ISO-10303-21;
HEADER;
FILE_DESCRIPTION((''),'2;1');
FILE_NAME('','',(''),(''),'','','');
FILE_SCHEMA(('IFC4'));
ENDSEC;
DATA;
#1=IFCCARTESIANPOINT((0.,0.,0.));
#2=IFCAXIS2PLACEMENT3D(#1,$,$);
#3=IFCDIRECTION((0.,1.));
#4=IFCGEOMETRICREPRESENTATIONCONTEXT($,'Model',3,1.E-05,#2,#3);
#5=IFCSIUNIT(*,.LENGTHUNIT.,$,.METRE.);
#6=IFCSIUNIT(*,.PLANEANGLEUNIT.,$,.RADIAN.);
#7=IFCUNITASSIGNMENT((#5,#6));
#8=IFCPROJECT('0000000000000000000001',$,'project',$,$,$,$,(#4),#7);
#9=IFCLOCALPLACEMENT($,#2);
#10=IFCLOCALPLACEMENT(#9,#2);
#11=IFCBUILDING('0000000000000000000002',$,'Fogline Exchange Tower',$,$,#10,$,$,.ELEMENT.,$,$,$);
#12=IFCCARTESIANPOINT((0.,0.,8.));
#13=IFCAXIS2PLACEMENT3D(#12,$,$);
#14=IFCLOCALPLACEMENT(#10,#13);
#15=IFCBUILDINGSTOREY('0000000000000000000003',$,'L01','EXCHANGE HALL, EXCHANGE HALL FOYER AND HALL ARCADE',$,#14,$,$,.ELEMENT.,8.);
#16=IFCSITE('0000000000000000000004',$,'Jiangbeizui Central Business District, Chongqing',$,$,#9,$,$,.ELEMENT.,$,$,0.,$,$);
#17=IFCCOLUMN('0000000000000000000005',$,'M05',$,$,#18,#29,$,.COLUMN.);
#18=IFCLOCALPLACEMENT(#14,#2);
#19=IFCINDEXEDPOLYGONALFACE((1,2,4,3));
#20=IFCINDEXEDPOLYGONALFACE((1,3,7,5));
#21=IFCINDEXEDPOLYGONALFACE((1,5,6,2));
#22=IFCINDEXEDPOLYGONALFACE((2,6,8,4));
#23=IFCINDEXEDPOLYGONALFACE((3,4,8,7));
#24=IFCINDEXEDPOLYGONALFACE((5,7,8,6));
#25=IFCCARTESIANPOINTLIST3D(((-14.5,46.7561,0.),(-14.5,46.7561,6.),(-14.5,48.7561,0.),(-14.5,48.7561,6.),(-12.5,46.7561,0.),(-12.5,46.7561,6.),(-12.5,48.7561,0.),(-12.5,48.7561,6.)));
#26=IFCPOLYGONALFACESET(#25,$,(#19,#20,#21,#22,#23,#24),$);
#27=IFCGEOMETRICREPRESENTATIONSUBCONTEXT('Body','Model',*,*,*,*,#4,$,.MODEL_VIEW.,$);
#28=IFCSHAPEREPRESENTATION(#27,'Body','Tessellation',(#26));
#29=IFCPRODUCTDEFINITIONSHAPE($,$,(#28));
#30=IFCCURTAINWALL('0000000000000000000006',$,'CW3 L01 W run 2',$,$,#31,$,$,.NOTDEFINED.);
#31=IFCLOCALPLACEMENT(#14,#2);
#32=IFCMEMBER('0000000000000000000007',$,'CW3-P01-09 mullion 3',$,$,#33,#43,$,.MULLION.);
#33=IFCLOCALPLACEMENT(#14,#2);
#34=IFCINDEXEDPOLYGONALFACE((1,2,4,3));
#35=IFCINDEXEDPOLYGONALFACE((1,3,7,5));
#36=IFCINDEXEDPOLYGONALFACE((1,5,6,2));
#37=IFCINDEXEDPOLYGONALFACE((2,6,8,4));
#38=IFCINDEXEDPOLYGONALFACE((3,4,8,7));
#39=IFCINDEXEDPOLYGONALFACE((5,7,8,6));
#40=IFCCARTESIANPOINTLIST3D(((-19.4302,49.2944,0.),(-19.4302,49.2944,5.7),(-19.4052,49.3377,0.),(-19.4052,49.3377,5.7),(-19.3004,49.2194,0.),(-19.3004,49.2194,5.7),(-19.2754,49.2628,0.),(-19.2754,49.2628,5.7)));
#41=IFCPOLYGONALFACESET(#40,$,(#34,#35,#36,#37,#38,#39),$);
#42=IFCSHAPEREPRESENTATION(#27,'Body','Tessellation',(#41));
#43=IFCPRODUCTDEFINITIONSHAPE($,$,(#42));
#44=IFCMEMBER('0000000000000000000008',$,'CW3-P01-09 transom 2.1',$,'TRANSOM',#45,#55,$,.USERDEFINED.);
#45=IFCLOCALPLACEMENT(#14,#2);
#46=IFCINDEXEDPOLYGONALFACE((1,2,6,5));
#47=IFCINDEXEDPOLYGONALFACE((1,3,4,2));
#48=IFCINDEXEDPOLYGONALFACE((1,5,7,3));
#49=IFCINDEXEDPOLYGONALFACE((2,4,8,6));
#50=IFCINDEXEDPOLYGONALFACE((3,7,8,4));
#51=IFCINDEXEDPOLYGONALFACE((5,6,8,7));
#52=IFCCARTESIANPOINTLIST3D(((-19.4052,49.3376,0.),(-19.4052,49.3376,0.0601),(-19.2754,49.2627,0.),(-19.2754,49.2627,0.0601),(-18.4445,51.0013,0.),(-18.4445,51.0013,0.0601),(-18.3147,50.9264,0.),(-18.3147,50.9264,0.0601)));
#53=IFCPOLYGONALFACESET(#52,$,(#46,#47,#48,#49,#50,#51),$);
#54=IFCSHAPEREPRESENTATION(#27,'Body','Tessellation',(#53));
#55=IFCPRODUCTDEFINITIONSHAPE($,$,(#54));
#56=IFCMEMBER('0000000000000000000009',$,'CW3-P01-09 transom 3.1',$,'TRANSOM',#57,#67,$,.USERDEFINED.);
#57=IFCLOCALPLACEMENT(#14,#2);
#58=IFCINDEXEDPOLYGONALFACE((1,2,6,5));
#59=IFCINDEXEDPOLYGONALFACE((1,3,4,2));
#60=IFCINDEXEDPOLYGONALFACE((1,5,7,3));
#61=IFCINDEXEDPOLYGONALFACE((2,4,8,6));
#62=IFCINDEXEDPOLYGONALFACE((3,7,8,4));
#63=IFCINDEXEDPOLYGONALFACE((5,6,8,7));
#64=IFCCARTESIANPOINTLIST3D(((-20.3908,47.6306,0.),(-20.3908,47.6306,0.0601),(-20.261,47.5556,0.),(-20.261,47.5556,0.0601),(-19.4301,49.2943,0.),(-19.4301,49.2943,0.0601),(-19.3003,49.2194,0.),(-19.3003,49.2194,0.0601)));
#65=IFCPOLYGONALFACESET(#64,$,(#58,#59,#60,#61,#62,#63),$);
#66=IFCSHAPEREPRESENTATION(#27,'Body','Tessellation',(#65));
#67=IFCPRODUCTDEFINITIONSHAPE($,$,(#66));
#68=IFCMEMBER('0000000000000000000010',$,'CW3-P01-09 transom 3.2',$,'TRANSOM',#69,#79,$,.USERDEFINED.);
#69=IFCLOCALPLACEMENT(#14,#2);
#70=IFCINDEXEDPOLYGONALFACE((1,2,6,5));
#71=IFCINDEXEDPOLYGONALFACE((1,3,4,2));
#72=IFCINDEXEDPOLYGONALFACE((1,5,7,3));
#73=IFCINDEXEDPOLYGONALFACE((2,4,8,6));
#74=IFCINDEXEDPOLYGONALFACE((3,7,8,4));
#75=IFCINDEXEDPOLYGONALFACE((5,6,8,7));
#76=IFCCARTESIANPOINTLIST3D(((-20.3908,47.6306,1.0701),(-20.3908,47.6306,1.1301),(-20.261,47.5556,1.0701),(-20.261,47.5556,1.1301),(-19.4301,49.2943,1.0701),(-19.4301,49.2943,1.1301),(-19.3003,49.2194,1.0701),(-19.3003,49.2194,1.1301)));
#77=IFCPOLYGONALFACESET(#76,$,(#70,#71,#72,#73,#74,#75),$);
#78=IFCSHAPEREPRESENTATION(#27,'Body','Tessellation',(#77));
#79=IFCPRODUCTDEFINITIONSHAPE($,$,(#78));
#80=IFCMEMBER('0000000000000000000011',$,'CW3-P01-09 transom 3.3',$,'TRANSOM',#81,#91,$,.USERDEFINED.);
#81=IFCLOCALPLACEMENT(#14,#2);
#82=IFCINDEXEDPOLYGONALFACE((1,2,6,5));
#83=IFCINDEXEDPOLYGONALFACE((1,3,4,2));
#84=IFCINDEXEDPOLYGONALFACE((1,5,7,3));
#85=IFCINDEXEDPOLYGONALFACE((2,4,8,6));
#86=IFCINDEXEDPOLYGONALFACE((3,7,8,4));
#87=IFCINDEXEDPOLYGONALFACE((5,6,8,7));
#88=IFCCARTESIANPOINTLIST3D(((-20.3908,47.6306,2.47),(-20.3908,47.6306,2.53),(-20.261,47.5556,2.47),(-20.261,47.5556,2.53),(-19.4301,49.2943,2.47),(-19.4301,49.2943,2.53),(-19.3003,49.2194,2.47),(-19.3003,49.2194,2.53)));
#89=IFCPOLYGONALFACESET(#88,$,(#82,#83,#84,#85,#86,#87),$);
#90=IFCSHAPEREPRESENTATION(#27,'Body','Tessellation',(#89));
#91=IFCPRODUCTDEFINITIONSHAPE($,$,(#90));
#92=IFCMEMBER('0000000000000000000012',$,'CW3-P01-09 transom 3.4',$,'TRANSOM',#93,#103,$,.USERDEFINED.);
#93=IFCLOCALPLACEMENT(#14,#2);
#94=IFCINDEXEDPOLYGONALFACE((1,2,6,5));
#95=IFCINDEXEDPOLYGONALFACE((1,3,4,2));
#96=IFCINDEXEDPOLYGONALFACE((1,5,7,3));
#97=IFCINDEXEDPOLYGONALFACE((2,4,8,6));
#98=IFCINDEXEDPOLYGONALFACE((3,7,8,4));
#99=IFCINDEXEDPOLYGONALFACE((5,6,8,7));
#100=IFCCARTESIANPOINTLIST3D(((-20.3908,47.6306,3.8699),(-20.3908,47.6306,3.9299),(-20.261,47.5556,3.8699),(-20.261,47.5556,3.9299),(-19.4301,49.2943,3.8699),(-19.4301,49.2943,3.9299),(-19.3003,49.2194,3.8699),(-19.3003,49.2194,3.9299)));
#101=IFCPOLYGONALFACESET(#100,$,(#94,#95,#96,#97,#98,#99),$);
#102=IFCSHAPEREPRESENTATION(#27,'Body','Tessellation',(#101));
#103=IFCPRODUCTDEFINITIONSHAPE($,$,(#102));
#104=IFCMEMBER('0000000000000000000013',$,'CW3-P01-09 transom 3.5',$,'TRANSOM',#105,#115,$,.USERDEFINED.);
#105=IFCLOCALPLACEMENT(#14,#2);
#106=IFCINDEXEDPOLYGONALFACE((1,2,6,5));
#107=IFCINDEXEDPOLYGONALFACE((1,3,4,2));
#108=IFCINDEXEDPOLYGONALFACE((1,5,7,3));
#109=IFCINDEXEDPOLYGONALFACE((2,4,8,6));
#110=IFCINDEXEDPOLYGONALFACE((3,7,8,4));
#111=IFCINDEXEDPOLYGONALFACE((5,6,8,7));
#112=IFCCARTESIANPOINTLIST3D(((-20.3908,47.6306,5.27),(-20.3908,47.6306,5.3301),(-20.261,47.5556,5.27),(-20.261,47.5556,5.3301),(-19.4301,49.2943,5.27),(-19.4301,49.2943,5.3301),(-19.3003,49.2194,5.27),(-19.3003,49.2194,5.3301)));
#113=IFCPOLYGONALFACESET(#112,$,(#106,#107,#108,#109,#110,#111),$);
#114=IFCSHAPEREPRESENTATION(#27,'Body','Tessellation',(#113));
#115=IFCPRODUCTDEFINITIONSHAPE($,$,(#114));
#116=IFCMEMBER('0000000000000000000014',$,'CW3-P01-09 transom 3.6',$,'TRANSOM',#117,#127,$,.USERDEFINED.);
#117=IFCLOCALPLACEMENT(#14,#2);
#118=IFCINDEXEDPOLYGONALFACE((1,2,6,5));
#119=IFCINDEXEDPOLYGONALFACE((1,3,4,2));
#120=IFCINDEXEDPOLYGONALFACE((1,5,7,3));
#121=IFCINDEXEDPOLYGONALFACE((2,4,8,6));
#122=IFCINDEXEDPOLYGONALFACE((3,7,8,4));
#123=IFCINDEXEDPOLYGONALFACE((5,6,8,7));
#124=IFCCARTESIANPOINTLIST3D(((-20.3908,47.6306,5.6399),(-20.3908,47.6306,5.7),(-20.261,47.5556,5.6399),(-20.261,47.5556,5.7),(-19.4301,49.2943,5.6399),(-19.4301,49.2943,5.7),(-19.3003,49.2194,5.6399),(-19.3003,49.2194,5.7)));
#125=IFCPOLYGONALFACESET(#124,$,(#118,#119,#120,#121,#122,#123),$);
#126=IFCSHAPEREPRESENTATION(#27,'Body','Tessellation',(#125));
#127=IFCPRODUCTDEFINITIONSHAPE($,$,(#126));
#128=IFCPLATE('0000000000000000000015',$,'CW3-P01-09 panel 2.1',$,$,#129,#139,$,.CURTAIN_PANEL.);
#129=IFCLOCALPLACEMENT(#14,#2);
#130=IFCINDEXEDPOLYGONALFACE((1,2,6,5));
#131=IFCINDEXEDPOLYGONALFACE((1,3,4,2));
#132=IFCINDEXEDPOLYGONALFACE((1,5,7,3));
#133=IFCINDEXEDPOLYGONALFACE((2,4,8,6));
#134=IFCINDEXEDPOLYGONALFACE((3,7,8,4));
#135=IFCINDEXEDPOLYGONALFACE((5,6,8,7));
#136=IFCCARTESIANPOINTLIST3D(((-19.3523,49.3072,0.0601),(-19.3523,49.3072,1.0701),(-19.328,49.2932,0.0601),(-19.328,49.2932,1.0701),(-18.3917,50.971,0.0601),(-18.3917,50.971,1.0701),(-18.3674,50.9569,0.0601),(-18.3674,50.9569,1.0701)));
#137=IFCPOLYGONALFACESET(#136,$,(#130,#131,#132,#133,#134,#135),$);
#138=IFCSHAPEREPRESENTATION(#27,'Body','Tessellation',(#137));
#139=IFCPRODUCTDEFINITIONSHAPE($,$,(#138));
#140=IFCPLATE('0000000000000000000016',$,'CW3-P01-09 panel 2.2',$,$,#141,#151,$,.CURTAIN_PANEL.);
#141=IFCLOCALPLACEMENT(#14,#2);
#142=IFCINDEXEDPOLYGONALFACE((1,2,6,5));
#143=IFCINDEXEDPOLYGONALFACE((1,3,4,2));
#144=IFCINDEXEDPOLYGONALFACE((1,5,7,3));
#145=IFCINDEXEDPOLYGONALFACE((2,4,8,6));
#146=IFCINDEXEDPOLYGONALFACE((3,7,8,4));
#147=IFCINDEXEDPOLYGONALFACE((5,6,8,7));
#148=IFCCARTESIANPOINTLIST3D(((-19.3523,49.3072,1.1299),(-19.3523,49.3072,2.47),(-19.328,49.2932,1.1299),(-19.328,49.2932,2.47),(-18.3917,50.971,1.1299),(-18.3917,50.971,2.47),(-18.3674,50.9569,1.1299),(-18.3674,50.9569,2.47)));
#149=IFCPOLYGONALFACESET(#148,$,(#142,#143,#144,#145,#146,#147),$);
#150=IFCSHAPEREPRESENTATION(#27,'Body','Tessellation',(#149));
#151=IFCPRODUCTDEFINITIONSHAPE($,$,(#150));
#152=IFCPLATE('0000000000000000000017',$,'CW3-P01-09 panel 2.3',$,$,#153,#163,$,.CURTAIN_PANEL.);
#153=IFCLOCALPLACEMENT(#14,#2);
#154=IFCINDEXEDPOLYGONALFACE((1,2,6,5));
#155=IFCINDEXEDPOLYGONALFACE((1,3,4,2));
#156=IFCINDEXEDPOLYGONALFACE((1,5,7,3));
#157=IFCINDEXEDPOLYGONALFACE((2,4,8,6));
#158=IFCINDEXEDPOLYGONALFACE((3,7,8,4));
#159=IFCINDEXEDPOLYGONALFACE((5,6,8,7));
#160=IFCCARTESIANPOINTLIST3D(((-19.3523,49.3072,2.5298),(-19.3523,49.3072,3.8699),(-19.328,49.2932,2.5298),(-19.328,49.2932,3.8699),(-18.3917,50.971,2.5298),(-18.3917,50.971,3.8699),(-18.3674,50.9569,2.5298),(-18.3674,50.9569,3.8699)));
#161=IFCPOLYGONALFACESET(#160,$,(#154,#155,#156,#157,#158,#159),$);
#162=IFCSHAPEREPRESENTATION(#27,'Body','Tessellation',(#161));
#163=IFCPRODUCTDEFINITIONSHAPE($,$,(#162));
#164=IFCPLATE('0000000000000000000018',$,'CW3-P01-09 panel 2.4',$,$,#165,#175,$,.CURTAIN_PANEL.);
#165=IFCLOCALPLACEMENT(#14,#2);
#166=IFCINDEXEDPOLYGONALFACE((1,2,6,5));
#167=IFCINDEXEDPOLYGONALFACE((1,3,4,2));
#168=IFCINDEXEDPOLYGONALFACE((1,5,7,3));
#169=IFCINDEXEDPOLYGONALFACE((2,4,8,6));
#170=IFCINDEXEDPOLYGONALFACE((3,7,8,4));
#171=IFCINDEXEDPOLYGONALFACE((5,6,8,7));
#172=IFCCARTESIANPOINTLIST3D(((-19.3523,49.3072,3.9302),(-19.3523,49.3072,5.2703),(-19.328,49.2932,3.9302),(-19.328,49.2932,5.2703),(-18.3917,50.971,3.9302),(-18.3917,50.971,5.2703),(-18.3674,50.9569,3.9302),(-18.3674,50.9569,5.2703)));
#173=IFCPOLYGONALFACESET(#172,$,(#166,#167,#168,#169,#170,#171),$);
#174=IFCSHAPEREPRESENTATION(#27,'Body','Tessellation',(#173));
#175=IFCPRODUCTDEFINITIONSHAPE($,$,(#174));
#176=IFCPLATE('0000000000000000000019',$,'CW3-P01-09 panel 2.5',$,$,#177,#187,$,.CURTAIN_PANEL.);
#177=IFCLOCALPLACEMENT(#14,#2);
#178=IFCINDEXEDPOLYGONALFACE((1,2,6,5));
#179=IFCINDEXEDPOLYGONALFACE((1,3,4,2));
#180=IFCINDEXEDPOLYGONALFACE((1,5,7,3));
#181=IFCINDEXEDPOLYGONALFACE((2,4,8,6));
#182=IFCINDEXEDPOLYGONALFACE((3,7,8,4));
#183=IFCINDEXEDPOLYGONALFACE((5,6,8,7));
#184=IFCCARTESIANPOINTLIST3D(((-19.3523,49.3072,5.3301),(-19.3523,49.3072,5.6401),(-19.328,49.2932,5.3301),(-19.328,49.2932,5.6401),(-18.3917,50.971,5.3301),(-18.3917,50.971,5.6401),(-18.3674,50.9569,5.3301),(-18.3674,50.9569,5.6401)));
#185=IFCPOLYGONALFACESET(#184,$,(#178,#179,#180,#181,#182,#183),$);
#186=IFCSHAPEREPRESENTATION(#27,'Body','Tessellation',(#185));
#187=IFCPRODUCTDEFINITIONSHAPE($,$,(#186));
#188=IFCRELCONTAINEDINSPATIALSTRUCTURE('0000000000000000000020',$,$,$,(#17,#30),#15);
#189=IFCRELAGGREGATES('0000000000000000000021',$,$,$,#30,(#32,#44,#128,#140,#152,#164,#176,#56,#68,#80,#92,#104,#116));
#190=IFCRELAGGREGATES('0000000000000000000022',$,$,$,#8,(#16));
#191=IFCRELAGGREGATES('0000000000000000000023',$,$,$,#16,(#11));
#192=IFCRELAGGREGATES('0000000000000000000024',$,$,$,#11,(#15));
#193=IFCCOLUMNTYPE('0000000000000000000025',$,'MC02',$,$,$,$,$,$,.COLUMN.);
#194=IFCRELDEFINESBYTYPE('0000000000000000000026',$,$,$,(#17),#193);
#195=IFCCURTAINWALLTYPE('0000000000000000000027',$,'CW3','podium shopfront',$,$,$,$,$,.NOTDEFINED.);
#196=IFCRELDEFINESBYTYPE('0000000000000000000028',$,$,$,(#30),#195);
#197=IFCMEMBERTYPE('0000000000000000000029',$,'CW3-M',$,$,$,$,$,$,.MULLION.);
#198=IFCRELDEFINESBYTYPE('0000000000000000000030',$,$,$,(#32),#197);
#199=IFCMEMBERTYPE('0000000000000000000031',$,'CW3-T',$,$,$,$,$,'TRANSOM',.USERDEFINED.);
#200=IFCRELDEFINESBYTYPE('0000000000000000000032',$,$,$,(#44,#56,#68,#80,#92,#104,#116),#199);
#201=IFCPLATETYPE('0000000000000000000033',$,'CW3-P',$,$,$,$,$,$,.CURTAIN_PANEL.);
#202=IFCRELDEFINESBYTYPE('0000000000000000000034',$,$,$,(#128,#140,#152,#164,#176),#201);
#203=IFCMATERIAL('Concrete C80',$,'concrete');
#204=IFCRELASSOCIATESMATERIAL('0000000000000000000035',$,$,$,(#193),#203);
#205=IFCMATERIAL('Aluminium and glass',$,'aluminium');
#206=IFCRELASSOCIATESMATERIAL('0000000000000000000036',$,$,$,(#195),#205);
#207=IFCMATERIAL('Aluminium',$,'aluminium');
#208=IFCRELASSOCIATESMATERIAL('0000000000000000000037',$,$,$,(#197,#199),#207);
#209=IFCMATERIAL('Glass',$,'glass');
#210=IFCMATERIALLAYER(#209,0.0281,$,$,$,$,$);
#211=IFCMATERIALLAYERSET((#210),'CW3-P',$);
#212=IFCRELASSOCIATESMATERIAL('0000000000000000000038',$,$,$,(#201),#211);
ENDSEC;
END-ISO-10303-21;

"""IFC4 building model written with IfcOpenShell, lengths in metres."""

from ifc_helpers import new_model, si_unit, direction, frame, origin, origin_2d, place, context, subcontext, project, spatial, rectangle, extrude, material, layer, layer_set, material_profile, profile_set, type_object, element, aggregate, save


model = new_model("IFC4")

# Units and contexts
model_context = context("Model", 3, precision=1e-05, world=origin(), true_north=direction((0.0, 1.0)))
body_context = subcontext(model_context, "Body", "Model", "MODEL_VIEW")
ifc_project = project(units=[si_unit("LENGTHUNIT", "METRE"), si_unit("PLANEANGLEUNIT", "RADIAN")], contexts=[model_context])

# Site, building, storey
site_placement = place(None, origin())
site = spatial("IfcSite", under=ifc_project, at=site_placement, Name="Jiangbeizui Central Business District, Chongqing", CompositionType="ELEMENT", RefElevation=0.0)
building_placement = place(site_placement, origin())
building = spatial("IfcBuilding", under=site, at=building_placement, Name="Fogline Exchange Tower", CompositionType="ELEMENT")
storey_placement = place(building_placement, frame((0.0, 0.0, 8.0)))
storey = spatial("IfcBuildingStorey", under=building, at=storey_placement, Name="L01", Description="EXCHANGE HALL, EXCHANGE HALL FOYER AND HALL ARCADE", CompositionType="ELEMENT", Elevation=8.0)

# Column
ifc_material_1 = material(Name="Concrete C80", Category="concrete")
ifc_material_profile_1 = material_profile(ifc_material_1, rectangle(XDim=2.0, YDim=2.0, at=origin_2d()), Name="RC 2000x2000")
ifc_profile_set_1 = profile_set([ifc_material_profile_1], Name="Concrete C80")
column_type = type_object("IfcColumnType", Name="MC02", PredefinedType="COLUMN", material=ifc_profile_set_1)
column_placement = place(storey_placement, frame((-13.5, 47.7561, 0.0), z_axis=(0.0, 0.0, 1.0), x_axis=(1.0, 0.0, 0.0)))
element("IfcColumn", 1, at=column_placement, inside=storey, type_object=column_type, Name="M05", PredefinedType="COLUMN", context=body_context, shape_type="SweptSolid", body=[
    extrude(rectangle(XDim=2.0, YDim=2.0, at=origin_2d()), origin(), (0.0, 0.0, 1.0), 6.0),
])

# Curtain wall, members, plates
ifc_material_2 = material(Name="Aluminium and glass", Category="aluminium")
curtain_wall_type = type_object("IfcCurtainWallType", Name="CW3", Description="podium shopfront", PredefinedType="NOTDEFINED", material=ifc_material_2)
curtain_wall_placement = place(storey_placement, origin())
curtain_wall = element("IfcCurtainWall", 2, at=curtain_wall_placement, inside=storey, type_object=curtain_wall_type, Name="CW3 L01 W run 2", PredefinedType="NOTDEFINED")
ifc_material_3 = material(Name="Aluminium", Category="aluminium")
ifc_material_profile_2 = material_profile(ifc_material_3, rectangle(XDim=0.1499, YDim=0.05, at=origin_2d()), Name="Mullion 50x150")
ifc_profile_set_2 = profile_set([ifc_material_profile_2], Name="Aluminium")
member_type_1 = type_object("IfcMemberType", Name="CW3-M", PredefinedType="MULLION", material=ifc_profile_set_2)
member_1_placement = place(storey_placement, frame((-19.3528, 49.2786, 0.0), z_axis=(0.0, 0.0, 1.0), x_axis=(0.866025, -0.5, 0.0)))
member_1 = element("IfcMember", 3, at=member_1_placement, type_object=member_type_1, Name="CW3-P01-09 mullion 3", PredefinedType="MULLION", context=body_context, shape_type="SweptSolid", body=[
    extrude(rectangle(XDim=0.1499, YDim=0.05, at=origin_2d()), origin(), (0.0, 0.0, 1.0), 5.7),
])
ifc_material_profile_3 = material_profile(ifc_material_3, rectangle(XDim=0.1499, YDim=0.0601, at=origin_2d()), Name="Transom 60x150")
ifc_profile_set_3 = profile_set([ifc_material_profile_3], Name="Aluminium")
member_type_2 = type_object("IfcMemberType", Name="CW3-T", ElementType="TRANSOM", PredefinedType="USERDEFINED", material=ifc_profile_set_3)
member_2_placement = place(storey_placement, frame((-18.3796, 50.9639, 0.03), z_axis=(-0.500034, -0.866006, 0.0), x_axis=(0.866006, -0.500034, 0.0)))
member_2 = element("IfcMember", 4, at=member_2_placement, type_object=member_type_2, Name="CW3-P01-09 transom 2.1", ObjectType="TRANSOM", PredefinedType="USERDEFINED", context=body_context, shape_type="SweptSolid", body=[
    extrude(rectangle(XDim=0.1499, YDim=0.0601, at=origin_2d()), origin(), (0.0, 0.0, 1.0), 1.9211),
])
member_3_placement = place(storey_placement, frame((-19.3652, 49.2568, 0.03), z_axis=(-0.500034, -0.866006, 0.0), x_axis=(0.866006, -0.500034, 0.0)))
member_3 = element("IfcMember", 5, at=member_3_placement, type_object=member_type_2, Name="CW3-P01-09 transom 3.1", ObjectType="TRANSOM", PredefinedType="USERDEFINED", context=body_context, shape_type="SweptSolid", body=[
    extrude(rectangle(XDim=0.1499, YDim=0.0601, at=origin_2d()), origin(), (0.0, 0.0, 1.0), 1.9211),
])
member_4_placement = place(storey_placement, frame((-19.3652, 49.2568, 1.1001), z_axis=(-0.500034, -0.866006, 0.0), x_axis=(0.866006, -0.500034, 0.0)))
member_4 = element("IfcMember", 6, at=member_4_placement, type_object=member_type_2, Name="CW3-P01-09 transom 3.2", ObjectType="TRANSOM", PredefinedType="USERDEFINED", context=body_context, shape_type="SweptSolid", body=[
    extrude(rectangle(XDim=0.1499, YDim=0.0601, at=origin_2d()), origin(), (0.0, 0.0, 1.0), 1.9211),
])
member_5_placement = place(storey_placement, frame((-19.3652, 49.2568, 2.5), z_axis=(-0.500034, -0.866006, 0.0), x_axis=(0.866006, -0.500034, 0.0)))
member_5 = element("IfcMember", 7, at=member_5_placement, type_object=member_type_2, Name="CW3-P01-09 transom 3.3", ObjectType="TRANSOM", PredefinedType="USERDEFINED", context=body_context, shape_type="SweptSolid", body=[
    extrude(rectangle(XDim=0.1499, YDim=0.0601, at=origin_2d()), origin(), (0.0, 0.0, 1.0), 1.9211),
])
member_6_placement = place(storey_placement, frame((-19.3652, 49.2568, 3.8999), z_axis=(-0.500034, -0.866006, 0.0), x_axis=(0.866006, -0.500034, 0.0)))
member_6 = element("IfcMember", 8, at=member_6_placement, type_object=member_type_2, Name="CW3-P01-09 transom 3.4", ObjectType="TRANSOM", PredefinedType="USERDEFINED", context=body_context, shape_type="SweptSolid", body=[
    extrude(rectangle(XDim=0.1499, YDim=0.0601, at=origin_2d()), origin(), (0.0, 0.0, 1.0), 1.9211),
])
member_7_placement = place(storey_placement, frame((-19.3652, 49.2568, 5.3), z_axis=(-0.500034, -0.866006, 0.0), x_axis=(0.866006, -0.500034, 0.0)))
member_7 = element("IfcMember", 9, at=member_7_placement, type_object=member_type_2, Name="CW3-P01-09 transom 3.5", ObjectType="TRANSOM", PredefinedType="USERDEFINED", context=body_context, shape_type="SweptSolid", body=[
    extrude(rectangle(XDim=0.1499, YDim=0.0601, at=origin_2d()), origin(), (0.0, 0.0, 1.0), 1.9211),
])
member_8_placement = place(storey_placement, frame((-19.3652, 49.2568, 5.6699), z_axis=(-0.500034, -0.866006, 0.0), x_axis=(0.866006, -0.500034, 0.0)))
member_8 = element("IfcMember", 10, at=member_8_placement, type_object=member_type_2, Name="CW3-P01-09 transom 3.6", ObjectType="TRANSOM", PredefinedType="USERDEFINED", context=body_context, shape_type="SweptSolid", body=[
    extrude(rectangle(XDim=0.1499, YDim=0.0601, at=origin_2d()), origin(), (0.0, 0.0, 1.0), 1.9211),
])
ifc_material_4 = material(Name="Glass", Category="glass")
ifc_layer_1 = layer(ifc_material_4, 0.0281)
ifc_layer_set_1 = layer_set([ifc_layer_1], Name="CW3-P")
plate_type = type_object("IfcPlateType", Name="CW3-P", PredefinedType="CURTAIN_PANEL", material=ifc_layer_set_1)
plate_1_placement = place(storey_placement, frame((-18.8599, 50.1321, 0.0601), z_axis=(0.0, 0.0, 1.0), x_axis=(-0.5, -0.866025, 0.0)))
plate_1 = element("IfcPlate", 11, at=plate_1_placement, type_object=plate_type, Name="CW3-P01-09 panel 2.1", PredefinedType="CURTAIN_PANEL", context=body_context, shape_type="SweptSolid", body=[
    extrude(rectangle(XDim=1.9211, YDim=0.0281, at=origin_2d()), origin(), (0.0, 0.0, 1.0), 1.01),
])
plate_2_placement = place(storey_placement, frame((-18.8599, 50.1321, 1.1299), z_axis=(0.0, 0.0, 1.0), x_axis=(-0.5, -0.866025, 0.0)))
plate_2 = element("IfcPlate", 12, at=plate_2_placement, type_object=plate_type, Name="CW3-P01-09 panel 2.2", PredefinedType="CURTAIN_PANEL", context=body_context, shape_type="SweptSolid", body=[
    extrude(rectangle(XDim=1.9211, YDim=0.0281, at=origin_2d()), origin(), (0.0, 0.0, 1.0), 1.3401),
])
plate_3_placement = place(storey_placement, frame((-18.8599, 50.1321, 2.5298), z_axis=(0.0, 0.0, 1.0), x_axis=(-0.5, -0.866025, 0.0)))
plate_3 = element("IfcPlate", 13, at=plate_3_placement, type_object=plate_type, Name="CW3-P01-09 panel 2.3", PredefinedType="CURTAIN_PANEL", context=body_context, shape_type="SweptSolid", body=[
    extrude(rectangle(XDim=1.9211, YDim=0.0281, at=origin_2d()), origin(), (0.0, 0.0, 1.0), 1.3401),
])
plate_4_placement = place(storey_placement, frame((-18.8599, 50.1321, 3.9302), z_axis=(0.0, 0.0, 1.0), x_axis=(-0.5, -0.866025, 0.0)))
plate_4 = element("IfcPlate", 14, at=plate_4_placement, type_object=plate_type, Name="CW3-P01-09 panel 2.4", PredefinedType="CURTAIN_PANEL", context=body_context, shape_type="SweptSolid", body=[
    extrude(rectangle(XDim=1.9211, YDim=0.0281, at=origin_2d()), origin(), (0.0, 0.0, 1.0), 1.3401),
])
plate_5_placement = place(storey_placement, frame((-18.8599, 50.1321, 5.3301), z_axis=(0.0, 0.0, 1.0), x_axis=(-0.5, -0.866025, 0.0)))
plate_5 = element("IfcPlate", 15, at=plate_5_placement, type_object=plate_type, Name="CW3-P01-09 panel 2.5", PredefinedType="CURTAIN_PANEL", context=body_context, shape_type="SweptSolid", body=[
    extrude(rectangle(XDim=1.9211, YDim=0.0281, at=origin_2d()), origin(), (0.0, 0.0, 1.0), 0.3101),
])
aggregate(curtain_wall, [member_1, member_2, plate_1, plate_2, plate_3, plate_4, plate_5, member_3, member_4, member_5, member_6, member_7, member_8])

save(model, "model.ifc")
